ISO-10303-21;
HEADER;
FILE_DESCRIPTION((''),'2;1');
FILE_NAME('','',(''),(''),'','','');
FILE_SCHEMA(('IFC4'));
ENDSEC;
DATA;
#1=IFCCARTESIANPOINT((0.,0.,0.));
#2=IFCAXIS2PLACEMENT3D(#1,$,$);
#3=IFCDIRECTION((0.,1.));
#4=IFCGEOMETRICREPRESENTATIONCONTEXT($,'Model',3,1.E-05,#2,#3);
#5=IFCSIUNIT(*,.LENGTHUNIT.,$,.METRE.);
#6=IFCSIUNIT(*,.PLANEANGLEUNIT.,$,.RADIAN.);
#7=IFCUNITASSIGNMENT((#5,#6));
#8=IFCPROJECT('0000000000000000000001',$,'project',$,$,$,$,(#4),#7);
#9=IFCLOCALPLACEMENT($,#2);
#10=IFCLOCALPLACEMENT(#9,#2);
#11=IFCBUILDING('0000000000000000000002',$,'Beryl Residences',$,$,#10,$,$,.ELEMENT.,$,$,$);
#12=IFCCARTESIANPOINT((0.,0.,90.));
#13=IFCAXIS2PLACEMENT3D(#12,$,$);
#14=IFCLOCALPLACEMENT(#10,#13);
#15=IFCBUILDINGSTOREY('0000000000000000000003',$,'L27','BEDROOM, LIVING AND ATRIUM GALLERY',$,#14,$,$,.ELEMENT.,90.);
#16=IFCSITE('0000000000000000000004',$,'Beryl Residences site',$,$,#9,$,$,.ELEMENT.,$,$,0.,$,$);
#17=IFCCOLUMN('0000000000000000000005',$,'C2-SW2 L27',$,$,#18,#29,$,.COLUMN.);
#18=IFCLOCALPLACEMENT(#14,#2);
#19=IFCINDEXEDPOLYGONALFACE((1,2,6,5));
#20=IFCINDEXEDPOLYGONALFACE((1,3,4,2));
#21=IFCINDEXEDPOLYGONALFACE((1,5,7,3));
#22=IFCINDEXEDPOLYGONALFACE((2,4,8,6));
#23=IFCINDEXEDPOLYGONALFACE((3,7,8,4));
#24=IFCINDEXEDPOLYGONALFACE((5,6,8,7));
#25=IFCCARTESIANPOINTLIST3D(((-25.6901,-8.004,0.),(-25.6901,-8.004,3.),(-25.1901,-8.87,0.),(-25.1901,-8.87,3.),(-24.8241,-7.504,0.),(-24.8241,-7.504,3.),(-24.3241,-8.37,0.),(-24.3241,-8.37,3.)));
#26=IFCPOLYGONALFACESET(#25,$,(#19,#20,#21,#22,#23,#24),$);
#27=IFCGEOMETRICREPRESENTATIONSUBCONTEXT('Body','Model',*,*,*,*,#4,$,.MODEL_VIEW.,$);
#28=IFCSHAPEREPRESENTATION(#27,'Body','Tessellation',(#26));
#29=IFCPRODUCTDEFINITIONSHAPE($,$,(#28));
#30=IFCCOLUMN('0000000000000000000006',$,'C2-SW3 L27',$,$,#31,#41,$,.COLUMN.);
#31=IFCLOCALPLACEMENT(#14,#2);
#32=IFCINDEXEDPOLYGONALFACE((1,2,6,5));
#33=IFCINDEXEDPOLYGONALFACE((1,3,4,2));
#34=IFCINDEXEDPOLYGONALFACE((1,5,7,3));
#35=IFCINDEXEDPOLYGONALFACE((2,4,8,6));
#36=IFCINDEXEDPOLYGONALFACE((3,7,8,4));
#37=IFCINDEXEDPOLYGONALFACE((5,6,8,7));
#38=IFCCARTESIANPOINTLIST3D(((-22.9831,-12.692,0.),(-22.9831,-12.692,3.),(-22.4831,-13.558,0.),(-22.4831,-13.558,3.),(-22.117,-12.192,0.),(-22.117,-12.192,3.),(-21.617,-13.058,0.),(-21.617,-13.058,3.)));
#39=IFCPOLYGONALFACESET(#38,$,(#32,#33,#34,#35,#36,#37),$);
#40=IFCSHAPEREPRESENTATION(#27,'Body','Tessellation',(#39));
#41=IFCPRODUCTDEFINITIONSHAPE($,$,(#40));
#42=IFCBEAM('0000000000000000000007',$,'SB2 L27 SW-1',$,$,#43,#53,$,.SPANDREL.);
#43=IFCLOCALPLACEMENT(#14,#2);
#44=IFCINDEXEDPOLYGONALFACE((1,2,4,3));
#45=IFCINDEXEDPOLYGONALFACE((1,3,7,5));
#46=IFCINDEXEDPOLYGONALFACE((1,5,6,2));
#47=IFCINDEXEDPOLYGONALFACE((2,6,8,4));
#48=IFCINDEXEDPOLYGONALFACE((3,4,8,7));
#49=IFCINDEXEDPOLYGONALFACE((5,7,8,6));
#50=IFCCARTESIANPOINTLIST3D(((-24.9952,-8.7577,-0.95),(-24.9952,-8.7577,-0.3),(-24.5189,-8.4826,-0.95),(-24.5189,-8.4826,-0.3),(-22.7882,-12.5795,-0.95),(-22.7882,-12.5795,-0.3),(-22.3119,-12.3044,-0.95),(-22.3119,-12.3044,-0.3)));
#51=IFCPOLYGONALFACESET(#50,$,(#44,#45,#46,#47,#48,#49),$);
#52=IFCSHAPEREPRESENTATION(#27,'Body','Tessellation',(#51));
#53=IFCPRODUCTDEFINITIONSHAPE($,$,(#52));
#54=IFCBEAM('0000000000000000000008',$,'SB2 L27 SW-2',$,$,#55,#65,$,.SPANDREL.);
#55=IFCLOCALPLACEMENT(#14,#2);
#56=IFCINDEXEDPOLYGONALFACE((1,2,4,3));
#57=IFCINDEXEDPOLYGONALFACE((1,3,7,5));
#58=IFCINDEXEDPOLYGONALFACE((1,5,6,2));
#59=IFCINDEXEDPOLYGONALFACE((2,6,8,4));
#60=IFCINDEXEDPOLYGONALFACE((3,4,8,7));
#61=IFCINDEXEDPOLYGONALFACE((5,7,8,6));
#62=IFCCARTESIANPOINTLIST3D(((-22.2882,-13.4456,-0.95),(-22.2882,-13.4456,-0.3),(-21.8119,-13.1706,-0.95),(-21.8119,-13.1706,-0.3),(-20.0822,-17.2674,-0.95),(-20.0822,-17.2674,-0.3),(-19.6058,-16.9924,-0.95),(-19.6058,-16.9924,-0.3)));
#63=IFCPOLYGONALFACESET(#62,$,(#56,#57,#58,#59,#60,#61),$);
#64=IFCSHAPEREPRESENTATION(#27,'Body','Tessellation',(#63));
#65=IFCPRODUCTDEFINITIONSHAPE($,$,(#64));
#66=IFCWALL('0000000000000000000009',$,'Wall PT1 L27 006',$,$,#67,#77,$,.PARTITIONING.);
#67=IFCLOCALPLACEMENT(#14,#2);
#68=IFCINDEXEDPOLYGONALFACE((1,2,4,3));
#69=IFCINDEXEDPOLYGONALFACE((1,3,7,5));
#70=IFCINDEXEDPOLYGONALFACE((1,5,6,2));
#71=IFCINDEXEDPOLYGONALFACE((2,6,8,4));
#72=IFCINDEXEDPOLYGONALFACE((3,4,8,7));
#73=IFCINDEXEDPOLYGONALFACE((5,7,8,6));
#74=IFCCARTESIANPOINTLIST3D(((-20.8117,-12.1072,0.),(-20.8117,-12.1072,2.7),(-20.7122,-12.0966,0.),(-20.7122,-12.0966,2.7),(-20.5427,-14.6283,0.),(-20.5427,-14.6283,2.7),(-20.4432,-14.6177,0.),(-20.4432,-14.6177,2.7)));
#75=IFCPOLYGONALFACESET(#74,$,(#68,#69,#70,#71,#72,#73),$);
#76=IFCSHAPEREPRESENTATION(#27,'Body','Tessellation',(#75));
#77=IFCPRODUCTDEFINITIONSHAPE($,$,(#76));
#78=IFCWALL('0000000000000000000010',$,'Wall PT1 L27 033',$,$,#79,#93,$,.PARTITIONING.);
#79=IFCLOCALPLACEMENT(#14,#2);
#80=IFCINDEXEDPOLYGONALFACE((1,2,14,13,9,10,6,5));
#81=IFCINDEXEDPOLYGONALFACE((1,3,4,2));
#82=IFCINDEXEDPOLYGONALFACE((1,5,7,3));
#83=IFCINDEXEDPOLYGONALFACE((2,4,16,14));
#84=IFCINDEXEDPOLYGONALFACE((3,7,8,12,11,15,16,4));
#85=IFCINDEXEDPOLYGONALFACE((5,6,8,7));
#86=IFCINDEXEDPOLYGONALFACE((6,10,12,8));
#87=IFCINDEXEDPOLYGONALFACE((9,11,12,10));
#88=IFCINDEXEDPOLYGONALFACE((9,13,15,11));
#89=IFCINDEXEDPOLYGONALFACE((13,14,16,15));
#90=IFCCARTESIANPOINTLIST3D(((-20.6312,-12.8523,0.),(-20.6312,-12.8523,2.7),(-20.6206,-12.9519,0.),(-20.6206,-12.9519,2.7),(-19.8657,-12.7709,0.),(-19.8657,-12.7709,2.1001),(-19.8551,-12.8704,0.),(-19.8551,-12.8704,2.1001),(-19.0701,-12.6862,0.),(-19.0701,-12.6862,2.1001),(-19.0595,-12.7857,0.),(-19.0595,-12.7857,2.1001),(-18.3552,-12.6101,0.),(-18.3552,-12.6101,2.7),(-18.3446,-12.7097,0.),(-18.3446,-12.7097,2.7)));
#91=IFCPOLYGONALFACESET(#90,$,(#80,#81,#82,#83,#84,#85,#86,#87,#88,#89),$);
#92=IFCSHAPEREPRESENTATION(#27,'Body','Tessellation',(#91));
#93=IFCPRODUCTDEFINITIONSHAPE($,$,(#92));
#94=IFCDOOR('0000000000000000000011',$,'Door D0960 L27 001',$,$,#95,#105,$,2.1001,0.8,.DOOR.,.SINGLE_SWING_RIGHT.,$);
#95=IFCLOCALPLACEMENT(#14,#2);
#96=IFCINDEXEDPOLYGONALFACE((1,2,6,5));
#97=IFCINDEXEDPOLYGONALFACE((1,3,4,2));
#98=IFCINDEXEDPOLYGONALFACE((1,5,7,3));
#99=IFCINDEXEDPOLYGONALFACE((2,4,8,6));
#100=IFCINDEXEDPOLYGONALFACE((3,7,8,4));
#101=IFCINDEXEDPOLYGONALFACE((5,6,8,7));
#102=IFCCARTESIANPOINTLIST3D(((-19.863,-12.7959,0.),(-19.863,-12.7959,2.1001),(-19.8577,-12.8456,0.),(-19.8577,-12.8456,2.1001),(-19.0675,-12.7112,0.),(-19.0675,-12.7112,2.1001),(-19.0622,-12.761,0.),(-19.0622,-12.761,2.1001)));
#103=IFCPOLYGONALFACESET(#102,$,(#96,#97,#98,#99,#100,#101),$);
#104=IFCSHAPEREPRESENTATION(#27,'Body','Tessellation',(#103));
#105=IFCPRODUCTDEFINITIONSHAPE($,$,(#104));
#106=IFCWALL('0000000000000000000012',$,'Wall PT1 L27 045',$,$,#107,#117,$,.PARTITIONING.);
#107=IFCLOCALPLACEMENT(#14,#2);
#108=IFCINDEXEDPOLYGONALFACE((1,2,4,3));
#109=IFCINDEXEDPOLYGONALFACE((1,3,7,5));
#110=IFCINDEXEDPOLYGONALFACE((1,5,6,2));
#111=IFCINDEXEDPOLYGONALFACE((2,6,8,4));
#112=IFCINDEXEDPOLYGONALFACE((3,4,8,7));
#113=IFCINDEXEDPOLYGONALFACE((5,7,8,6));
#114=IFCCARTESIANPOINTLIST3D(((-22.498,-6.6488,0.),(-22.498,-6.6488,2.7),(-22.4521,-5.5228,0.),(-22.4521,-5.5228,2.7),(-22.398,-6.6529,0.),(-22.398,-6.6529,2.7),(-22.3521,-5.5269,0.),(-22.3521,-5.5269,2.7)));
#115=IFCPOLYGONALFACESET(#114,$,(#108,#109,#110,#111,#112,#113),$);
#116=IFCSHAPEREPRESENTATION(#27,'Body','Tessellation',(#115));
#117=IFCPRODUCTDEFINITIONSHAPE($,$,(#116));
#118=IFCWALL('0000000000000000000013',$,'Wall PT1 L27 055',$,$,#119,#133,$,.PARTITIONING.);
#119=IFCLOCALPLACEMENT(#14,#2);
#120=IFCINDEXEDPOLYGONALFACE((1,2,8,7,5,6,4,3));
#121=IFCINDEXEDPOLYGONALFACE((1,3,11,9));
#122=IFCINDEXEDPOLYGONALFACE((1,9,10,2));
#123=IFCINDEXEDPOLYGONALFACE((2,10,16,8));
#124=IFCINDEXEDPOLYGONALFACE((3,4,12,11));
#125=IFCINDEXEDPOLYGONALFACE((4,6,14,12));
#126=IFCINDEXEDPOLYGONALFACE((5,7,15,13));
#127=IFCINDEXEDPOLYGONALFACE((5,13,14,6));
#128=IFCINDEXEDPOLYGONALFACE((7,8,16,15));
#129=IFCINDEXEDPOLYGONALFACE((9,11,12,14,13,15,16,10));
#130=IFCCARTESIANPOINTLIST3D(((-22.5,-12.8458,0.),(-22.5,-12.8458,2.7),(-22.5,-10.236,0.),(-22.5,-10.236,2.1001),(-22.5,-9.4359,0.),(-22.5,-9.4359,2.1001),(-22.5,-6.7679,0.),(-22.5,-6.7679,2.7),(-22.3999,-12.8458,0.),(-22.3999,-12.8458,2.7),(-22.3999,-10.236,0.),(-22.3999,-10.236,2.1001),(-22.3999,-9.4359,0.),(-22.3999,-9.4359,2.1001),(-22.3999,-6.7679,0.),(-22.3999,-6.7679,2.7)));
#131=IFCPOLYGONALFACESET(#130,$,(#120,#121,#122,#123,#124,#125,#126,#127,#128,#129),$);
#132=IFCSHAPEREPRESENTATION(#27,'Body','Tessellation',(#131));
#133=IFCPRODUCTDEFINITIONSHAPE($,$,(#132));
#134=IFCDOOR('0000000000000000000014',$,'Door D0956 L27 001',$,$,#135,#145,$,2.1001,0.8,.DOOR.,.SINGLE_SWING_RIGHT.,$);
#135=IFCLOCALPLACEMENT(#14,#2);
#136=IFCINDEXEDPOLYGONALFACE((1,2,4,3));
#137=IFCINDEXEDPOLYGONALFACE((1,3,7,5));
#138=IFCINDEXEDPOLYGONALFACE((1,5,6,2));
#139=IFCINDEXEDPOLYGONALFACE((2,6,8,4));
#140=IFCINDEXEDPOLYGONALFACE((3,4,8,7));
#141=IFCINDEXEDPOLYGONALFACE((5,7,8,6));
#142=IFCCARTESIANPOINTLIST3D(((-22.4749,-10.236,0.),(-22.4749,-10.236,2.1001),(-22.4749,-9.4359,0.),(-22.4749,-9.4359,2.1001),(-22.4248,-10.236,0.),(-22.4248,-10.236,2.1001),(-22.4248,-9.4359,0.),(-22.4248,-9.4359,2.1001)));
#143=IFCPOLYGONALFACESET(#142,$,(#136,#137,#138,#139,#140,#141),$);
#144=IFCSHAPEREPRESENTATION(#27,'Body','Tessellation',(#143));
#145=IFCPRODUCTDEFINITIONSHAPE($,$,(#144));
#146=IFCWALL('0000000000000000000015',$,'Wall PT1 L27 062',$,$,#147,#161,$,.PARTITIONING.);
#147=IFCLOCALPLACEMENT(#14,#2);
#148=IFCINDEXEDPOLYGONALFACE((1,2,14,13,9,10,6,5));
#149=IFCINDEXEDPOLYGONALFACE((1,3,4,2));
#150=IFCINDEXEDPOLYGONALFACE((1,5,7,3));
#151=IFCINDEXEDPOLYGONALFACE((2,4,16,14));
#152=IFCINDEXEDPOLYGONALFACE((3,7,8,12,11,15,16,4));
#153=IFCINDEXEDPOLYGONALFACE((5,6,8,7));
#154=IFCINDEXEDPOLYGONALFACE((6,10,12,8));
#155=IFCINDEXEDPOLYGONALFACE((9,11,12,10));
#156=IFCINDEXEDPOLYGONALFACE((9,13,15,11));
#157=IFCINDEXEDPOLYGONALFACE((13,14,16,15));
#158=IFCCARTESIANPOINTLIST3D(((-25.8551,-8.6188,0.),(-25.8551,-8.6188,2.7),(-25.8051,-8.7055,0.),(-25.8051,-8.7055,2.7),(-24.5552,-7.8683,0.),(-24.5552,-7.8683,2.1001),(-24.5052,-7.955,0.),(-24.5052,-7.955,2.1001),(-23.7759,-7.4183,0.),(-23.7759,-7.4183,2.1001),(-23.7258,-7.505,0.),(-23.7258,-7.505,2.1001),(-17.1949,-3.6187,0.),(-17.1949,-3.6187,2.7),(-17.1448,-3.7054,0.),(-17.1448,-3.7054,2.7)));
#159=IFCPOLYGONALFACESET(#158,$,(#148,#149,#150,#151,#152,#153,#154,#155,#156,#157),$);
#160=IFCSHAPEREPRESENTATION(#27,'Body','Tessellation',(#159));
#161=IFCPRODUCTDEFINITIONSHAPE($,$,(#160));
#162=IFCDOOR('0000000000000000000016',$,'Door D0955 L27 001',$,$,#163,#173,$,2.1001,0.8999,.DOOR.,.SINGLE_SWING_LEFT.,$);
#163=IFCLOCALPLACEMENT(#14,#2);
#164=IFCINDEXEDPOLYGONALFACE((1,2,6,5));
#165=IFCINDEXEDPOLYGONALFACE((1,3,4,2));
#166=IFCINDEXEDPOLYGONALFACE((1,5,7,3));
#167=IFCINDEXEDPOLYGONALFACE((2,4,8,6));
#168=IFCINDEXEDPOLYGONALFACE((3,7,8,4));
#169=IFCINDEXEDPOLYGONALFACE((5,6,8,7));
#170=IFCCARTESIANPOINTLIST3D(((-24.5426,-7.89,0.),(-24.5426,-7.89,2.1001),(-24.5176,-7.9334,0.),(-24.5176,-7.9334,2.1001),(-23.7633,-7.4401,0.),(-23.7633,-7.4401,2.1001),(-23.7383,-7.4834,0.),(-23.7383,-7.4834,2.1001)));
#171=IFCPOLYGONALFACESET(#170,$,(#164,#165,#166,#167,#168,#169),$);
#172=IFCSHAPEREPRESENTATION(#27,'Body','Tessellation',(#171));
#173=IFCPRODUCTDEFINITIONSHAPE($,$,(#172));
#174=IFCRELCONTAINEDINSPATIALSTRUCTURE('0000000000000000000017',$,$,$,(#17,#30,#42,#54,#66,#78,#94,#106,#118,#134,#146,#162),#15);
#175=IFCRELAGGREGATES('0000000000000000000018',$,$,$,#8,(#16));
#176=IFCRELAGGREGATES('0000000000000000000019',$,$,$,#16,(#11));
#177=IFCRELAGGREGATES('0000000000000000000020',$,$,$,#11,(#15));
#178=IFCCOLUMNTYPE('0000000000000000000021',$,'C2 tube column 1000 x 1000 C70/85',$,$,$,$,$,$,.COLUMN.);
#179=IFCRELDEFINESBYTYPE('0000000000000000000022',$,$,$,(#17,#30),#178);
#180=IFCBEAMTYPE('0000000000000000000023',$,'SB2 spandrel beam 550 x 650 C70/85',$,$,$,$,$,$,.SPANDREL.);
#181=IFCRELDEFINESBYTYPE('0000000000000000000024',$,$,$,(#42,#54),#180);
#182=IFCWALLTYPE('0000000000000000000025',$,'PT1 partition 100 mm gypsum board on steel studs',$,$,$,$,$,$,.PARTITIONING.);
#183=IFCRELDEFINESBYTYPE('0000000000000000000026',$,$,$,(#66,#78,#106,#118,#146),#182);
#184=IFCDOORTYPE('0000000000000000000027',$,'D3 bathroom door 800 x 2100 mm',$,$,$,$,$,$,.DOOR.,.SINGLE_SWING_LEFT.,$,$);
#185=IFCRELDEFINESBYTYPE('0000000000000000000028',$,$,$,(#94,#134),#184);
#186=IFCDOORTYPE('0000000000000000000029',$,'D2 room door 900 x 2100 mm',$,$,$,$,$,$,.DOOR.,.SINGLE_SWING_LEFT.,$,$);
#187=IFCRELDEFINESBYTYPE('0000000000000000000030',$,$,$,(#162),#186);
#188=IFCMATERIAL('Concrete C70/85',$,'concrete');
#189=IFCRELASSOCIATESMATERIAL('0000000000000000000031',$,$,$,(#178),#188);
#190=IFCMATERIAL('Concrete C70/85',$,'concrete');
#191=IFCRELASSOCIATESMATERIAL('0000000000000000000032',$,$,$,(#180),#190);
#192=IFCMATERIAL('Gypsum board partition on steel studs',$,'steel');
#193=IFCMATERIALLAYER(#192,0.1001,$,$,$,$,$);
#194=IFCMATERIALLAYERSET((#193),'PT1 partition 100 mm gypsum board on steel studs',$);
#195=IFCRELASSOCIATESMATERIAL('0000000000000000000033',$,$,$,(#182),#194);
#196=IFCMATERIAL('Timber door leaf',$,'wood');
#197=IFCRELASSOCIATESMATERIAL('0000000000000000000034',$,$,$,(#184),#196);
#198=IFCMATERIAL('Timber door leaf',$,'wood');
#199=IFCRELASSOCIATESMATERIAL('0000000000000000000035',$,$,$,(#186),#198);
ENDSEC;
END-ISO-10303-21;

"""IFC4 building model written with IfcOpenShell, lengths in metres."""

from ifc_helpers import new_model, si_unit, direction, frame, frame_2d, origin, origin_2d, place, context, subcontext, project, spatial, rectangle, extrude, material, layer, layer_set, material_profile, profile_set, type_object, element, fill, save


model = new_model("IFC4")

# Units and contexts
model_context = context("Model", 3, precision=1e-05, world=origin(), true_north=direction((0.0, 1.0)))
body_context = subcontext(model_context, "Body", "Model", "MODEL_VIEW")
ifc_project = project(units=[si_unit("LENGTHUNIT", "METRE"), si_unit("PLANEANGLEUNIT", "RADIAN")], contexts=[model_context])

# Site, building, storey
site_placement = place(None, origin())
site = spatial("IfcSite", under=ifc_project, at=site_placement, Name="Beryl Residences site", CompositionType="ELEMENT", RefElevation=0.0)
building_placement = place(site_placement, origin())
building = spatial("IfcBuilding", under=site, at=building_placement, Name="Beryl Residences", CompositionType="ELEMENT")
storey_placement = place(building_placement, frame((0.0, 0.0, 90.0)))
storey = spatial("IfcBuildingStorey", under=building, at=storey_placement, Name="L27", Description="BEDROOM, LIVING AND ATRIUM GALLERY", CompositionType="ELEMENT", Elevation=90.0)

# Columns
ifc_material_1 = material(Name="Concrete C70/85", Category="concrete")
ifc_material_profile_1 = material_profile(ifc_material_1, rectangle(XDim=1.0, YDim=1.0, at=origin_2d()))
ifc_profile_set_1 = profile_set([ifc_material_profile_1], Name="Concrete C70/85")
column_type = type_object("IfcColumnType", Name="C2 tube column 1000 x 1000 C70/85", PredefinedType="COLUMN", material=ifc_profile_set_1)
for number, where, z_axis, x_axis, name in (
    (1, (-25.0071, -8.187, 0.0), (0.0, 0.0, 1.0), (0.5, -0.866025, 0.0), "C2-SW2 L27"),
    (2, (-22.3, -12.875, 0.0), (0.0, 0.0, 1.0), (0.5, -0.866025, 0.0), "C2-SW3 L27"),
):
    element("IfcColumn", number, at=place(storey_placement, frame(where, z_axis=z_axis, x_axis=x_axis)), inside=storey, type_object=column_type, Name=name, PredefinedType="COLUMN", context=body_context, shape_type="SweptSolid", body=[
        extrude(rectangle(XDim=1.0, YDim=1.0, at=origin_2d()), origin(), (0.0, 0.0, 1.0), 3.0),
    ])

# Beams
ifc_material_2 = material(Name="Concrete C70/85", Category="concrete")
ifc_material_profile_2 = material_profile(ifc_material_2, rectangle(XDim=0.55, YDim=0.6499, at=origin_2d()))
ifc_profile_set_2 = profile_set([ifc_material_profile_2], Name="Concrete C70/85")
beam_type = type_object("IfcBeamType", Name="SB2 spandrel beam 550 x 650 C70/85", PredefinedType="SPANDREL", material=ifc_profile_set_2)
beam_1_placement = place(storey_placement, frame((-24.7571, -8.6201, -0.625), z_axis=(0.50009, -0.865974, 0.0), x_axis=(0.865974, 0.50009, 0.0)))
element("IfcBeam", 3, at=beam_1_placement, inside=storey, type_object=beam_type, Name="SB2 L27 SW-1", PredefinedType="SPANDREL", context=body_context, shape_type="SweptSolid", body=[
    extrude(rectangle(XDim=0.55, YDim=0.6499, at=origin_2d()), origin(), (0.0, 0.0, 1.0), 4.4133),
])
beam_2_placement = place(storey_placement, frame((-22.05, -13.3081, -0.625), z_axis=(0.499924, -0.86607, 0.0), x_axis=(0.86607, 0.499924, 0.0)))
element("IfcBeam", 4, at=beam_2_placement, inside=storey, type_object=beam_type, Name="SB2 L27 SW-2", PredefinedType="SPANDREL", context=body_context, shape_type="SweptSolid", body=[
    extrude(rectangle(XDim=0.55, YDim=0.6499, at=origin_2d()), origin(), (0.0, 0.0, 1.0), 4.4128),
])

# Wall
ifc_material_3 = material(Name="Gypsum board partition on steel studs", Category="steel")
ifc_layer_1 = layer(ifc_material_3, 0.1001)
ifc_layer_set_1 = layer_set([ifc_layer_1], Name="PT1 partition 100 mm gypsum board on steel studs")
wall_type_1 = type_object("IfcWallType", Name="PT1 partition 100 mm gypsum board on steel studs", PredefinedType="PARTITIONING", material=ifc_layer_set_1)
wall_1_placement = place(storey_placement, frame((-20.762, -12.1021, 0.0), z_axis=(0.0, 0.0, 1.0), x_axis=(0.106118, -0.994354, 0.0)))
element("IfcWall", 5, at=wall_1_placement, inside=storey, type_object=wall_type_1, Name="Wall PT1 L27 006", PredefinedType="PARTITIONING", context=body_context, shape_type="SweptSolid", body=[
    extrude(rectangle(XDim=2.5354, YDim=0.1001, at=frame_2d((1.2676, 0.0))), origin(), (0.0, 0.0, 1.0), 2.7),
])

# Wall, opening, door
wall_2_placement = place(storey_placement, frame((-20.626, -12.9021, 0.0), z_axis=(0.0, 0.0, 1.0), x_axis=(0.994386, 0.105817, 0.0)))
wall_2 = element("IfcWall", 6, at=wall_2_placement, inside=storey, type_object=wall_type_1, Name="Wall PT1 L27 033", PredefinedType="PARTITIONING", context=body_context, shape_type="SweptSolid", body=[
    extrude(rectangle(XDim=2.2888, YDim=0.1001, at=frame_2d((1.1445, 0.0))), origin(), (0.0, 0.0, 1.0), 2.7),
])
opening_1_placement = place(wall_2_placement, frame((0.77, 0.0, 0.0)))
opening_1 = element("IfcOpeningElement", 7, at=opening_1_placement, cuts=wall_2, PredefinedType="OPENING", context=body_context, shape_type="SweptSolid", body=[
    extrude(rectangle(XDim=0.8, YDim=2.1001, at=frame_2d((0.3999, 1.05))), frame((0.0, 0.0601, 0.0), z_axis=(0.0, -1.0, 0.0), x_axis=(1.0, 0.0, 0.0)), (0.0, 0.0, 1.0), 0.1201),
])
ifc_material_4 = material(Name="Timber door leaf", Category="wood")
door_type_1 = type_object("IfcDoorType", Name="D3 bathroom door 800 x 2100 mm", OperationType="SINGLE_SWING_LEFT", PredefinedType="DOOR", material=ifc_material_4)
door_1_placement = place(opening_1_placement, origin())
door_1 = element("IfcDoor", 8, at=door_1_placement, inside=storey, type_object=door_type_1, Name="Door D0960 L27 001", OperationType="SINGLE_SWING_RIGHT", OverallHeight=2.1001, OverallWidth=0.8, PredefinedType="DOOR", context=body_context, shape_type="SweptSolid", body=[
    extrude(rectangle(XDim=0.8, YDim=2.1001, at=frame_2d((0.3999, 1.05))), frame((0.0, 0.0249, 0.0), z_axis=(0.0, -1.0, 0.0), x_axis=(1.0, 0.0, 0.0)), (0.0, 0.0, 1.0), 0.05),
])
fill(opening_1, door_1)

# Wall
wall_3_placement = place(storey_placement, frame((-22.448, -6.6509, 0.0), z_axis=(0.0, 0.0, 1.0), x_axis=(0.040729, 0.99917, 0.0)))
element("IfcWall", 9, at=wall_3_placement, inside=storey, type_object=wall_type_1, Name="Wall PT1 L27 045", PredefinedType="PARTITIONING", context=body_context, shape_type="SweptSolid", body=[
    extrude(rectangle(XDim=1.127, YDim=0.1001, at=frame_2d((0.5635, 0.0))), origin(), (0.0, 0.0, 1.0), 2.7),
])

# Walls, openings, doors
wall_4_placement = place(storey_placement, frame((-22.45, -12.8459, 0.0), z_axis=(0.0, 0.0, 1.0), x_axis=(0.0, 1.0, 0.0)))
wall_4 = element("IfcWall", 10, at=wall_4_placement, inside=storey, type_object=wall_type_1, Name="Wall PT1 L27 055", PredefinedType="PARTITIONING", context=body_context, shape_type="SweptSolid", body=[
    extrude(rectangle(XDim=6.0779, YDim=0.1001, at=frame_2d((3.0391, 0.0))), origin(), (0.0, 0.0, 1.0), 2.7),
])
opening_2_placement = place(wall_4_placement, frame((2.6101, 0.0, 0.0)))
opening_2 = element("IfcOpeningElement", 11, at=opening_2_placement, cuts=wall_4, PredefinedType="OPENING", context=body_context, shape_type="SweptSolid", body=[
    extrude(rectangle(XDim=0.8, YDim=2.1001, at=frame_2d((0.3999, 1.05))), frame((0.0, 0.0601, 0.0), z_axis=(0.0, -1.0, 0.0), x_axis=(1.0, 0.0, 0.0)), (0.0, 0.0, 1.0), 0.1201),
])
door_2_placement = place(opening_2_placement, origin())
door_2 = element("IfcDoor", 12, at=door_2_placement, inside=storey, type_object=door_type_1, Name="Door D0956 L27 001", OperationType="SINGLE_SWING_RIGHT", OverallHeight=2.1001, OverallWidth=0.8, PredefinedType="DOOR", context=body_context, shape_type="SweptSolid", body=[
    extrude(rectangle(XDim=0.8, YDim=2.1001, at=frame_2d((0.3999, 1.05))), frame((0.0, 0.0249, 0.0), z_axis=(0.0, -1.0, 0.0), x_axis=(1.0, 0.0, 0.0)), (0.0, 0.0, 1.0), 0.05),
])
fill(opening_2, door_2)
wall_5_placement = place(storey_placement, frame((-25.8301, -8.6621, 0.0), z_axis=(0.0, 0.0, 1.0), x_axis=(0.866023, 0.500004, 0.0)))
wall_5 = element("IfcWall", 13, at=wall_5_placement, inside=storey, type_object=wall_type_1, Name="Wall PT1 L27 062", PredefinedType="PARTITIONING", context=body_context, shape_type="SweptSolid", body=[
    extrude(rectangle(XDim=10.0, YDim=0.1001, at=frame_2d((5.0, 0.0))), origin(), (0.0, 0.0, 1.0), 2.7),
])
opening_3_placement = place(wall_5_placement, frame((1.501, 0.0, 0.0)))
opening_3 = element("IfcOpeningElement", 14, at=opening_3_placement, cuts=wall_5, PredefinedType="OPENING", context=body_context, shape_type="SweptSolid", body=[
    extrude(rectangle(XDim=0.8999, YDim=2.1001, at=frame_2d((0.45, 1.05))), frame((0.0, 0.0601, 0.0), z_axis=(0.0, -1.0, 0.0), x_axis=(1.0, 0.0, 0.0)), (0.0, 0.0, 1.0), 0.1201),
])
ifc_material_5 = material(Name="Timber door leaf", Category="wood")
door_type_2 = type_object("IfcDoorType", Name="D2 room door 900 x 2100 mm", OperationType="SINGLE_SWING_LEFT", PredefinedType="DOOR", material=ifc_material_5)
door_3_placement = place(opening_3_placement, origin())
door_3 = element("IfcDoor", 15, at=door_3_placement, inside=storey, type_object=door_type_2, Name="Door D0955 L27 001", OperationType="SINGLE_SWING_LEFT", OverallHeight=2.1001, OverallWidth=0.8999, PredefinedType="DOOR", context=body_context, shape_type="SweptSolid", body=[
    extrude(rectangle(XDim=0.8999, YDim=2.1001, at=frame_2d((0.45, 1.05))), frame((0.0, 0.0249, 0.0), z_axis=(0.0, -1.0, 0.0), x_axis=(1.0, 0.0, 0.0)), (0.0, 0.0, 1.0), 0.05),
])
fill(opening_3, door_3)

save(model, "model.ifc")
